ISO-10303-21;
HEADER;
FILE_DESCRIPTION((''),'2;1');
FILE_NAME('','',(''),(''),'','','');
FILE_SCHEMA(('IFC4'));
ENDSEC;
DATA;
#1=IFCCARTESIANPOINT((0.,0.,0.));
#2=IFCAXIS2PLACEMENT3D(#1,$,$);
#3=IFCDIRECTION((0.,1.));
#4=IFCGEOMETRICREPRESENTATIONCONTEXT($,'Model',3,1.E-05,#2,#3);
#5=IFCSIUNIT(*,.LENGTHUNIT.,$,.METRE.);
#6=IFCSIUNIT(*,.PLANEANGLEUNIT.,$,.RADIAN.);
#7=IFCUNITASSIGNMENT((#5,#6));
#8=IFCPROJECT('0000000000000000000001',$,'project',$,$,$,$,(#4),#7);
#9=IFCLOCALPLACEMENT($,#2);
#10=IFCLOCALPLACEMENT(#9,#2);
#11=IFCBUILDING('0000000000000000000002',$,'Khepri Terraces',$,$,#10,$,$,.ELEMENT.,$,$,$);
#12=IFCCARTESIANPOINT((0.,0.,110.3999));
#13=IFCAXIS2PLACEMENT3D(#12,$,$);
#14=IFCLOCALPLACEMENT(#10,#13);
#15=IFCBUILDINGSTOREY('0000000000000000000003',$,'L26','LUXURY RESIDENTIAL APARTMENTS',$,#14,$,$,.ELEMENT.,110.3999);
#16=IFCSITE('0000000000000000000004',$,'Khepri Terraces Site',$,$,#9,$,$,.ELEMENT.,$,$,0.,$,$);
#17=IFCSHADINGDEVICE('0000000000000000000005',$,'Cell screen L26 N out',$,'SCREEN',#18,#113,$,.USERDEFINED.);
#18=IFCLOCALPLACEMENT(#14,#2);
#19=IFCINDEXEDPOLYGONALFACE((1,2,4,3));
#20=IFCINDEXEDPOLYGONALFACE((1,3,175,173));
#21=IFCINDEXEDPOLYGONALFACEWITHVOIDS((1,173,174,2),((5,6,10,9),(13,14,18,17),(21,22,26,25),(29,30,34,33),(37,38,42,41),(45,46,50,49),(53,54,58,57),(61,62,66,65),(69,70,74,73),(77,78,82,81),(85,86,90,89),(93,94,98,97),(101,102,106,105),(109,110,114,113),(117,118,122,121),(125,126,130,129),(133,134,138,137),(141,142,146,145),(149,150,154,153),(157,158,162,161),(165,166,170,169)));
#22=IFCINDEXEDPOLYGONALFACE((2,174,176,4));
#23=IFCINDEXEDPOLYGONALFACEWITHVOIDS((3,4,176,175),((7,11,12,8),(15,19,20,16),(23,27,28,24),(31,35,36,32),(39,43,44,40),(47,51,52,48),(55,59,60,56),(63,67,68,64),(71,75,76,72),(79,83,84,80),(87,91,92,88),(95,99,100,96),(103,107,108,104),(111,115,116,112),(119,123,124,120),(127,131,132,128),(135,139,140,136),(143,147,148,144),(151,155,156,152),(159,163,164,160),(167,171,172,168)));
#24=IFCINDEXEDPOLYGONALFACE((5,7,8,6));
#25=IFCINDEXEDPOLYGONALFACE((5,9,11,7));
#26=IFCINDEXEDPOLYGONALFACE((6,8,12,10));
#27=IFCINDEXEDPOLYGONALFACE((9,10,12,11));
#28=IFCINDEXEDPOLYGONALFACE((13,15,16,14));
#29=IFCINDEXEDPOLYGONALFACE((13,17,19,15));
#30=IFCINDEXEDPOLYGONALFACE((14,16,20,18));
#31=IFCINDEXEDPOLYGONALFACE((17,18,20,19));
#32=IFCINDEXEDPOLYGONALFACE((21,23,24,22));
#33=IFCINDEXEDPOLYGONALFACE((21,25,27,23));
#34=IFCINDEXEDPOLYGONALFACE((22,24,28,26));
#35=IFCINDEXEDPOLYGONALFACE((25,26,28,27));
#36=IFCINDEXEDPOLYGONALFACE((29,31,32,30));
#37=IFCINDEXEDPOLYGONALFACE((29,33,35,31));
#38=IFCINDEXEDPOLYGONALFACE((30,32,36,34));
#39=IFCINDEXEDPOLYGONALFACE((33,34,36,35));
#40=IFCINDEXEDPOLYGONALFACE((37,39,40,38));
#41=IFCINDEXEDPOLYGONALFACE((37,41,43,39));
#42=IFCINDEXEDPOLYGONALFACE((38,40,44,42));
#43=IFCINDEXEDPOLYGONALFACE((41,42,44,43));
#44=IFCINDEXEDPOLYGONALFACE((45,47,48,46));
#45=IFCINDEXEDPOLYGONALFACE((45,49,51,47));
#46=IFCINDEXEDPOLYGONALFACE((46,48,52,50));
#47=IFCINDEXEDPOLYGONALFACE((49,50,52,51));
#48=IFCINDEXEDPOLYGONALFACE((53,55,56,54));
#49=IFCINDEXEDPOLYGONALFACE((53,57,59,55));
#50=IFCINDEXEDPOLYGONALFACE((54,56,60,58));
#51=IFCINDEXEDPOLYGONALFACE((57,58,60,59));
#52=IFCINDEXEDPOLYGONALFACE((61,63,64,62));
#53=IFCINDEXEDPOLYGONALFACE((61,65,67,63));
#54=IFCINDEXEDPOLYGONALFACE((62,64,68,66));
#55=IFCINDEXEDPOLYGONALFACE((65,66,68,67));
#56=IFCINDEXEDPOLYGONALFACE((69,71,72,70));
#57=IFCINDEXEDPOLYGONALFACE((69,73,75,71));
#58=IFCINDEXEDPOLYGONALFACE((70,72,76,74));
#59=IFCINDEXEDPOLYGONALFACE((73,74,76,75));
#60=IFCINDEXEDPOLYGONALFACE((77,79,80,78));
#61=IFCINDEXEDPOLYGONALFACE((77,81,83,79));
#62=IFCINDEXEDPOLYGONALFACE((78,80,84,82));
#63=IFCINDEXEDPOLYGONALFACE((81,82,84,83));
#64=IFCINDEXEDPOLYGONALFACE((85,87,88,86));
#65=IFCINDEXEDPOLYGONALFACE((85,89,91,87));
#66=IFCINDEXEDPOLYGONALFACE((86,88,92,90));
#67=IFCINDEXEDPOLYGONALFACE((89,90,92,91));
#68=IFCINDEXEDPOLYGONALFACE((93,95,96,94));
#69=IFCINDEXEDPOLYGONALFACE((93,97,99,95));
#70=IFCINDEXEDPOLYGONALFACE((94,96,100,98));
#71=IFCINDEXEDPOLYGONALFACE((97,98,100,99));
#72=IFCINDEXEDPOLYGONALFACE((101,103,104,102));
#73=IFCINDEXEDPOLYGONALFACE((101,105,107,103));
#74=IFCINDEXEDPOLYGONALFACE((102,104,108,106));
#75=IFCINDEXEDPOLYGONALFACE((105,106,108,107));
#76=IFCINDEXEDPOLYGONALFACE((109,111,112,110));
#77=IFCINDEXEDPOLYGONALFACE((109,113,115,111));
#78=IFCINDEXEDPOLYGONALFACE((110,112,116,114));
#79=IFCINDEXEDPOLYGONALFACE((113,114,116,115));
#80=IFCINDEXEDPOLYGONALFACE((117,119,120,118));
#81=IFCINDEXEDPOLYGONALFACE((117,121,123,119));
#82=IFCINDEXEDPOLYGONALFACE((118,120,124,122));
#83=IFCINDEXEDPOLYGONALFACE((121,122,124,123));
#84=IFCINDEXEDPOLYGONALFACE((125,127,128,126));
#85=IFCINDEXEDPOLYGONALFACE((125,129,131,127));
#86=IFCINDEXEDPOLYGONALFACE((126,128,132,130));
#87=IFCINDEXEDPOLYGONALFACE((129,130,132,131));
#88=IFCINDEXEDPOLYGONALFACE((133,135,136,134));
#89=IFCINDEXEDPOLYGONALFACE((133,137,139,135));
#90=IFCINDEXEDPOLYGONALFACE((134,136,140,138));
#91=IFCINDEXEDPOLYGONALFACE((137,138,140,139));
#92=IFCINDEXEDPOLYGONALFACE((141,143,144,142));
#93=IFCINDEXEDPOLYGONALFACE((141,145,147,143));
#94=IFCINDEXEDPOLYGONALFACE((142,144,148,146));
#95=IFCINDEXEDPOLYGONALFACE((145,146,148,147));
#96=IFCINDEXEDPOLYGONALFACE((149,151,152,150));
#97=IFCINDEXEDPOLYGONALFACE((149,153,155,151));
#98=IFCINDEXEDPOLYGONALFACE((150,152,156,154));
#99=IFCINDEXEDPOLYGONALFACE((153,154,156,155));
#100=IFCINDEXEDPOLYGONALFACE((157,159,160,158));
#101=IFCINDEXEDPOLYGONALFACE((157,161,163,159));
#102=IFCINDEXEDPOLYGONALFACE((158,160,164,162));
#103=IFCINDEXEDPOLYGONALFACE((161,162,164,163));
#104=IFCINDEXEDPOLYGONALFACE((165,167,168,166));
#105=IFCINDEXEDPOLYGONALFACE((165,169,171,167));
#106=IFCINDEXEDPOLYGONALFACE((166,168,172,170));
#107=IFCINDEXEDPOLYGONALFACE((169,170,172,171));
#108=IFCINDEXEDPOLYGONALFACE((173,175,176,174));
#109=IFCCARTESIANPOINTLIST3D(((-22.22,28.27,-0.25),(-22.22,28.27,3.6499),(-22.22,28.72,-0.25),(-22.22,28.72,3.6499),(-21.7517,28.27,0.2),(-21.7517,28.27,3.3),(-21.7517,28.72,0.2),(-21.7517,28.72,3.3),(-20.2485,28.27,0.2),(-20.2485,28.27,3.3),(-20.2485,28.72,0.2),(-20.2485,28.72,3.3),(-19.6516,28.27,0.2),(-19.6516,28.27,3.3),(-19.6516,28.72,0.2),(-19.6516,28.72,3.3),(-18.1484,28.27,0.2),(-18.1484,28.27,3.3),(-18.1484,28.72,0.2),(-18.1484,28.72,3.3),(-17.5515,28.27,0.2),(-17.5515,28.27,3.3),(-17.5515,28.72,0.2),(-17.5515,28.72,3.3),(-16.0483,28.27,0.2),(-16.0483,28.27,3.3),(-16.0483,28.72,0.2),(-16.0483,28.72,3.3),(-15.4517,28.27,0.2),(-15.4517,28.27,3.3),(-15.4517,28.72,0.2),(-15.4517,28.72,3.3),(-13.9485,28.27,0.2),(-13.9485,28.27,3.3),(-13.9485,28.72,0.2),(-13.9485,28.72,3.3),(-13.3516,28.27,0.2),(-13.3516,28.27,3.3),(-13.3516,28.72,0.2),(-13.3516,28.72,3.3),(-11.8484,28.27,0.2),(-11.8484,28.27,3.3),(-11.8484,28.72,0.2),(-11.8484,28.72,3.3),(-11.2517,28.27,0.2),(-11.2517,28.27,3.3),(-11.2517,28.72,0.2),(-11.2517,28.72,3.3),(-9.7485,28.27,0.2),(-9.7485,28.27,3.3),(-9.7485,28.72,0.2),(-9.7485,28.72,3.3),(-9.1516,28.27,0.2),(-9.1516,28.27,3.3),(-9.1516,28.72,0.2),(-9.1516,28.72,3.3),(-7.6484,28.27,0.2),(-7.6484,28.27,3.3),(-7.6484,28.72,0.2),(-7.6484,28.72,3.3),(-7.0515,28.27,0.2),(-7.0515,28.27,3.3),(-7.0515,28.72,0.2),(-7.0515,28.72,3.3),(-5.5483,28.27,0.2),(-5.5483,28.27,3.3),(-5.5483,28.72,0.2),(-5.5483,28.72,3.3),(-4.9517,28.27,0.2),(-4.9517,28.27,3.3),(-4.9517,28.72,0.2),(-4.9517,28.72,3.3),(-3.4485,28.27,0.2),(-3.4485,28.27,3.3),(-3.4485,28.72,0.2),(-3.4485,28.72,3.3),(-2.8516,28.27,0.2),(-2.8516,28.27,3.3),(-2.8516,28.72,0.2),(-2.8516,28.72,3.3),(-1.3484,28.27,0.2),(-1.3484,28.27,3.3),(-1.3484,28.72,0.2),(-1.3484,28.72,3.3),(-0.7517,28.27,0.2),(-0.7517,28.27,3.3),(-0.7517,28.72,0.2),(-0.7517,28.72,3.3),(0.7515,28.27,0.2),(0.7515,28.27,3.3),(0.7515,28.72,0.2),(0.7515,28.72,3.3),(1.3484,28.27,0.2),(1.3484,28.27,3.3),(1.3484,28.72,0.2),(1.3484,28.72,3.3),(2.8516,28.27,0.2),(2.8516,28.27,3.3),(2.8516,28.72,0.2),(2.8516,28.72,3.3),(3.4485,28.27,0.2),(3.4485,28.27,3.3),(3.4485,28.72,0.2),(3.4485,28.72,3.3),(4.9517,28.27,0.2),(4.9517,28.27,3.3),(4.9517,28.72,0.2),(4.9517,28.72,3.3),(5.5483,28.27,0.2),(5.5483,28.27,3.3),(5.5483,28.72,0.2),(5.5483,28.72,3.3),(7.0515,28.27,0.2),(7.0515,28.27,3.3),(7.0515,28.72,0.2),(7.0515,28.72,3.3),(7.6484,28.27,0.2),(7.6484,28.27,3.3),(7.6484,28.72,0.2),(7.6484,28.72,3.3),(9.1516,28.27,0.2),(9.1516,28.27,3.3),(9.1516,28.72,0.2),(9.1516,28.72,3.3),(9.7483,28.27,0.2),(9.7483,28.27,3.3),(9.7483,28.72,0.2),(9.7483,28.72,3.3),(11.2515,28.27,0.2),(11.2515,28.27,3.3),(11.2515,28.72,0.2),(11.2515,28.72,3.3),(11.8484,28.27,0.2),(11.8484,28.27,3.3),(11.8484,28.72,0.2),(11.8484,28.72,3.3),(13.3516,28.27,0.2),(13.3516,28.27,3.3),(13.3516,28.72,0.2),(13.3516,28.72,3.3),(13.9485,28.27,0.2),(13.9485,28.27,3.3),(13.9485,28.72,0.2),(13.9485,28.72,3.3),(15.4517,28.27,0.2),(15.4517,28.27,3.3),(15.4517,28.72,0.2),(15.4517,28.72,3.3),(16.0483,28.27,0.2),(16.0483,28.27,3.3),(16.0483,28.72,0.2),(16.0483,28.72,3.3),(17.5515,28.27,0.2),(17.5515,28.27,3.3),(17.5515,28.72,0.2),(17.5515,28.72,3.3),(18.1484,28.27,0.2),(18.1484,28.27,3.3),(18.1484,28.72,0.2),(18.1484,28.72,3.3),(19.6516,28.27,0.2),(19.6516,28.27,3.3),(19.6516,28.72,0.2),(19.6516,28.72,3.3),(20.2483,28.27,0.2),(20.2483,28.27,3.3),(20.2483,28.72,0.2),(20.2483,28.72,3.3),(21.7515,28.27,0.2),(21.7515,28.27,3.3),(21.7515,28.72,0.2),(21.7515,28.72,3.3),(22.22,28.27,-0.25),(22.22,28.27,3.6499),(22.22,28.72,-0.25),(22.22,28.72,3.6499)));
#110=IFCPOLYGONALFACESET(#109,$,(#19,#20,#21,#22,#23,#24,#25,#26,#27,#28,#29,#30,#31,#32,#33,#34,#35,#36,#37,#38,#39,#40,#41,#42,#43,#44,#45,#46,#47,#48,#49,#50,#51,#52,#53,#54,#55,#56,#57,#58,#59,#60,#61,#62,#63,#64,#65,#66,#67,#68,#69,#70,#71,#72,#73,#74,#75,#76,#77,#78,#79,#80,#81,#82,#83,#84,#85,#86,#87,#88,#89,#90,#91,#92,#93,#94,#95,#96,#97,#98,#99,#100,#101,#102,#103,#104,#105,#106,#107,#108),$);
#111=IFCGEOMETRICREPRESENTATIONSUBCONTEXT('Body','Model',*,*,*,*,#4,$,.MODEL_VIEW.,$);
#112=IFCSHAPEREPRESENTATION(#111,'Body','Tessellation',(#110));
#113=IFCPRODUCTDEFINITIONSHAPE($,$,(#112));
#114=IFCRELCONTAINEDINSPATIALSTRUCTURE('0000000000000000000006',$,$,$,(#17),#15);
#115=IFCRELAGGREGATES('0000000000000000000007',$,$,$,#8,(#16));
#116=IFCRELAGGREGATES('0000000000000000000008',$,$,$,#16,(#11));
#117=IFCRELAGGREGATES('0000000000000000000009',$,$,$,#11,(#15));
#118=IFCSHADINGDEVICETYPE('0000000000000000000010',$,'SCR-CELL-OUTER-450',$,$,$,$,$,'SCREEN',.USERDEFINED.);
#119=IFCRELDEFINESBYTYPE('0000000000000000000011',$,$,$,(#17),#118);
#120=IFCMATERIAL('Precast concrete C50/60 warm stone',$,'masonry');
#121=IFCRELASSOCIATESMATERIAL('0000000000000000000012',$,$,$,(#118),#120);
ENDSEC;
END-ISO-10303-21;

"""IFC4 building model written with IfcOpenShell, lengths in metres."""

from ifc_helpers import new_model, si_unit, direction, frame, origin, place, context, subcontext, project, spatial, polyline, outline, extrude, material, type_object, element, save


model = new_model("IFC4")

# Units and contexts
model_context = context("Model", 3, precision=1e-05, world=origin(), true_north=direction((0.0, 1.0)))
body_context = subcontext(model_context, "Body", "Model", "MODEL_VIEW")
ifc_project = project(units=[si_unit("LENGTHUNIT", "METRE"), si_unit("PLANEANGLEUNIT", "RADIAN")], contexts=[model_context])

# Site, building, storey
site_placement = place(None, origin())
site = spatial("IfcSite", under=ifc_project, at=site_placement, Name="Khepri Terraces Site", CompositionType="ELEMENT", RefElevation=0.0)
building_placement = place(site_placement, origin())
building = spatial("IfcBuilding", under=site, at=building_placement, Name="Khepri Terraces", CompositionType="ELEMENT")
storey_placement = place(building_placement, frame((0.0, 0.0, 110.3999)))
storey = spatial("IfcBuildingStorey", under=building, at=storey_placement, Name="L26", Description="LUXURY RESIDENTIAL APARTMENTS", CompositionType="ELEMENT", Elevation=110.3999)

# Shared definitions
ifc_material_1 = material(Name="Precast concrete C50/60 warm stone", Category="masonry")

# Shading device
shading_device_type_1 = type_object("IfcShadingDeviceType", Name="SCR-CELL-OUTER-450", ElementType="SCREEN", PredefinedType="USERDEFINED", material=ifc_material_1)
shading_device_1_placement = place(storey_placement, frame((22.22, 28.27, -0.25), z_axis=(0.0, 1.0, 0.0), x_axis=(-1.0, 0.0, 0.0)))
element("IfcShadingDevice", 1, at=shading_device_1_placement, inside=storey, type_object=shading_device_type_1, Name="Cell screen L26 N out", ObjectType="SCREEN", PredefinedType="USERDEFINED", context=body_context, shape_type="SweptSolid", body=[
    extrude(outline(polyline([(0.0, 0.0), (44.4399, 0.0), (44.4399, 3.8999), (0.0, 3.8999), (0.0, 0.0)]), holes=[polyline([(0.4685, 0.45), (1.9717, 0.45), (1.9717, 3.55), (0.4685, 3.55), (0.4685, 0.45)]), polyline([(2.5684, 0.45), (4.0715, 0.45), (4.0715, 3.55), (2.5684, 3.55), (2.5684, 0.45)]), polyline([(4.6685, 0.45), (6.1716, 0.45), (6.1716, 3.55), (4.6685, 3.55), (4.6685, 0.45)]), polyline([(6.7683, 0.45), (8.2715, 0.45), (8.2715, 3.55), (6.7683, 3.55), (6.7683, 0.45)]), polyline([(8.8684, 0.45), (10.3716, 0.45), (10.3716, 3.55), (8.8684, 3.55), (8.8684, 0.45)]), polyline([(10.9685, 0.45), (12.4717, 0.45), (12.4717, 3.55), (10.9685, 3.55), (10.9685, 0.45)]), polyline([(13.0684, 0.45), (14.5715, 0.45), (14.5715, 3.55), (13.0684, 3.55), (13.0684, 0.45)]), polyline([(15.1685, 0.45), (16.6716, 0.45), (16.6716, 3.55), (15.1685, 3.55), (15.1685, 0.45)]), polyline([(17.2683, 0.45), (18.7715, 0.45), (18.7715, 3.55), (17.2683, 3.55), (17.2683, 0.45)]), polyline([(19.3684, 0.45), (20.8716, 0.45), (20.8716, 3.55), (19.3684, 3.55), (19.3684, 0.45)]), polyline([(21.4685, 0.45), (22.9717, 0.45), (22.9717, 3.55), (21.4685, 3.55), (21.4685, 0.45)]), polyline([(23.5684, 0.45), (25.0715, 0.45), (25.0715, 3.55), (23.5684, 3.55), (23.5684, 0.45)]), polyline([(25.6685, 0.45), (27.1716, 0.45), (27.1716, 3.55), (25.6685, 3.55), (25.6685, 0.45)]), polyline([(27.7683, 0.45), (29.2715, 0.45), (29.2715, 3.55), (27.7683, 3.55), (27.7683, 0.45)]), polyline([(29.8684, 0.45), (31.3716, 0.45), (31.3716, 3.55), (29.8684, 3.55), (29.8684, 0.45)]), polyline([(31.9685, 0.45), (33.4717, 0.45), (33.4717, 3.55), (31.9685, 3.55), (31.9685, 0.45)]), polyline([(34.0684, 0.45), (35.5715, 0.45), (35.5715, 3.55), (34.0684, 3.55), (34.0684, 0.45)]), polyline([(36.1685, 0.45), (37.6716, 0.45), (37.6716, 3.55), (36.1685, 3.55), (36.1685, 0.45)]), polyline([(38.2683, 0.45), (39.7715, 0.45), (39.7715, 3.55), (38.2683, 3.55), (38.2683, 0.45)]), polyline([(40.3684, 0.45), (41.8716, 0.45), (41.8716, 3.55), (40.3684, 3.55), (40.3684, 0.45)]), polyline([(42.4685, 0.45), (43.9717, 0.45), (43.9717, 3.55), (42.4685, 3.55), (42.4685, 0.45)])]), origin(), (0.0, 0.0, 1.0), 0.45),
])

save(model, "model.ifc")
